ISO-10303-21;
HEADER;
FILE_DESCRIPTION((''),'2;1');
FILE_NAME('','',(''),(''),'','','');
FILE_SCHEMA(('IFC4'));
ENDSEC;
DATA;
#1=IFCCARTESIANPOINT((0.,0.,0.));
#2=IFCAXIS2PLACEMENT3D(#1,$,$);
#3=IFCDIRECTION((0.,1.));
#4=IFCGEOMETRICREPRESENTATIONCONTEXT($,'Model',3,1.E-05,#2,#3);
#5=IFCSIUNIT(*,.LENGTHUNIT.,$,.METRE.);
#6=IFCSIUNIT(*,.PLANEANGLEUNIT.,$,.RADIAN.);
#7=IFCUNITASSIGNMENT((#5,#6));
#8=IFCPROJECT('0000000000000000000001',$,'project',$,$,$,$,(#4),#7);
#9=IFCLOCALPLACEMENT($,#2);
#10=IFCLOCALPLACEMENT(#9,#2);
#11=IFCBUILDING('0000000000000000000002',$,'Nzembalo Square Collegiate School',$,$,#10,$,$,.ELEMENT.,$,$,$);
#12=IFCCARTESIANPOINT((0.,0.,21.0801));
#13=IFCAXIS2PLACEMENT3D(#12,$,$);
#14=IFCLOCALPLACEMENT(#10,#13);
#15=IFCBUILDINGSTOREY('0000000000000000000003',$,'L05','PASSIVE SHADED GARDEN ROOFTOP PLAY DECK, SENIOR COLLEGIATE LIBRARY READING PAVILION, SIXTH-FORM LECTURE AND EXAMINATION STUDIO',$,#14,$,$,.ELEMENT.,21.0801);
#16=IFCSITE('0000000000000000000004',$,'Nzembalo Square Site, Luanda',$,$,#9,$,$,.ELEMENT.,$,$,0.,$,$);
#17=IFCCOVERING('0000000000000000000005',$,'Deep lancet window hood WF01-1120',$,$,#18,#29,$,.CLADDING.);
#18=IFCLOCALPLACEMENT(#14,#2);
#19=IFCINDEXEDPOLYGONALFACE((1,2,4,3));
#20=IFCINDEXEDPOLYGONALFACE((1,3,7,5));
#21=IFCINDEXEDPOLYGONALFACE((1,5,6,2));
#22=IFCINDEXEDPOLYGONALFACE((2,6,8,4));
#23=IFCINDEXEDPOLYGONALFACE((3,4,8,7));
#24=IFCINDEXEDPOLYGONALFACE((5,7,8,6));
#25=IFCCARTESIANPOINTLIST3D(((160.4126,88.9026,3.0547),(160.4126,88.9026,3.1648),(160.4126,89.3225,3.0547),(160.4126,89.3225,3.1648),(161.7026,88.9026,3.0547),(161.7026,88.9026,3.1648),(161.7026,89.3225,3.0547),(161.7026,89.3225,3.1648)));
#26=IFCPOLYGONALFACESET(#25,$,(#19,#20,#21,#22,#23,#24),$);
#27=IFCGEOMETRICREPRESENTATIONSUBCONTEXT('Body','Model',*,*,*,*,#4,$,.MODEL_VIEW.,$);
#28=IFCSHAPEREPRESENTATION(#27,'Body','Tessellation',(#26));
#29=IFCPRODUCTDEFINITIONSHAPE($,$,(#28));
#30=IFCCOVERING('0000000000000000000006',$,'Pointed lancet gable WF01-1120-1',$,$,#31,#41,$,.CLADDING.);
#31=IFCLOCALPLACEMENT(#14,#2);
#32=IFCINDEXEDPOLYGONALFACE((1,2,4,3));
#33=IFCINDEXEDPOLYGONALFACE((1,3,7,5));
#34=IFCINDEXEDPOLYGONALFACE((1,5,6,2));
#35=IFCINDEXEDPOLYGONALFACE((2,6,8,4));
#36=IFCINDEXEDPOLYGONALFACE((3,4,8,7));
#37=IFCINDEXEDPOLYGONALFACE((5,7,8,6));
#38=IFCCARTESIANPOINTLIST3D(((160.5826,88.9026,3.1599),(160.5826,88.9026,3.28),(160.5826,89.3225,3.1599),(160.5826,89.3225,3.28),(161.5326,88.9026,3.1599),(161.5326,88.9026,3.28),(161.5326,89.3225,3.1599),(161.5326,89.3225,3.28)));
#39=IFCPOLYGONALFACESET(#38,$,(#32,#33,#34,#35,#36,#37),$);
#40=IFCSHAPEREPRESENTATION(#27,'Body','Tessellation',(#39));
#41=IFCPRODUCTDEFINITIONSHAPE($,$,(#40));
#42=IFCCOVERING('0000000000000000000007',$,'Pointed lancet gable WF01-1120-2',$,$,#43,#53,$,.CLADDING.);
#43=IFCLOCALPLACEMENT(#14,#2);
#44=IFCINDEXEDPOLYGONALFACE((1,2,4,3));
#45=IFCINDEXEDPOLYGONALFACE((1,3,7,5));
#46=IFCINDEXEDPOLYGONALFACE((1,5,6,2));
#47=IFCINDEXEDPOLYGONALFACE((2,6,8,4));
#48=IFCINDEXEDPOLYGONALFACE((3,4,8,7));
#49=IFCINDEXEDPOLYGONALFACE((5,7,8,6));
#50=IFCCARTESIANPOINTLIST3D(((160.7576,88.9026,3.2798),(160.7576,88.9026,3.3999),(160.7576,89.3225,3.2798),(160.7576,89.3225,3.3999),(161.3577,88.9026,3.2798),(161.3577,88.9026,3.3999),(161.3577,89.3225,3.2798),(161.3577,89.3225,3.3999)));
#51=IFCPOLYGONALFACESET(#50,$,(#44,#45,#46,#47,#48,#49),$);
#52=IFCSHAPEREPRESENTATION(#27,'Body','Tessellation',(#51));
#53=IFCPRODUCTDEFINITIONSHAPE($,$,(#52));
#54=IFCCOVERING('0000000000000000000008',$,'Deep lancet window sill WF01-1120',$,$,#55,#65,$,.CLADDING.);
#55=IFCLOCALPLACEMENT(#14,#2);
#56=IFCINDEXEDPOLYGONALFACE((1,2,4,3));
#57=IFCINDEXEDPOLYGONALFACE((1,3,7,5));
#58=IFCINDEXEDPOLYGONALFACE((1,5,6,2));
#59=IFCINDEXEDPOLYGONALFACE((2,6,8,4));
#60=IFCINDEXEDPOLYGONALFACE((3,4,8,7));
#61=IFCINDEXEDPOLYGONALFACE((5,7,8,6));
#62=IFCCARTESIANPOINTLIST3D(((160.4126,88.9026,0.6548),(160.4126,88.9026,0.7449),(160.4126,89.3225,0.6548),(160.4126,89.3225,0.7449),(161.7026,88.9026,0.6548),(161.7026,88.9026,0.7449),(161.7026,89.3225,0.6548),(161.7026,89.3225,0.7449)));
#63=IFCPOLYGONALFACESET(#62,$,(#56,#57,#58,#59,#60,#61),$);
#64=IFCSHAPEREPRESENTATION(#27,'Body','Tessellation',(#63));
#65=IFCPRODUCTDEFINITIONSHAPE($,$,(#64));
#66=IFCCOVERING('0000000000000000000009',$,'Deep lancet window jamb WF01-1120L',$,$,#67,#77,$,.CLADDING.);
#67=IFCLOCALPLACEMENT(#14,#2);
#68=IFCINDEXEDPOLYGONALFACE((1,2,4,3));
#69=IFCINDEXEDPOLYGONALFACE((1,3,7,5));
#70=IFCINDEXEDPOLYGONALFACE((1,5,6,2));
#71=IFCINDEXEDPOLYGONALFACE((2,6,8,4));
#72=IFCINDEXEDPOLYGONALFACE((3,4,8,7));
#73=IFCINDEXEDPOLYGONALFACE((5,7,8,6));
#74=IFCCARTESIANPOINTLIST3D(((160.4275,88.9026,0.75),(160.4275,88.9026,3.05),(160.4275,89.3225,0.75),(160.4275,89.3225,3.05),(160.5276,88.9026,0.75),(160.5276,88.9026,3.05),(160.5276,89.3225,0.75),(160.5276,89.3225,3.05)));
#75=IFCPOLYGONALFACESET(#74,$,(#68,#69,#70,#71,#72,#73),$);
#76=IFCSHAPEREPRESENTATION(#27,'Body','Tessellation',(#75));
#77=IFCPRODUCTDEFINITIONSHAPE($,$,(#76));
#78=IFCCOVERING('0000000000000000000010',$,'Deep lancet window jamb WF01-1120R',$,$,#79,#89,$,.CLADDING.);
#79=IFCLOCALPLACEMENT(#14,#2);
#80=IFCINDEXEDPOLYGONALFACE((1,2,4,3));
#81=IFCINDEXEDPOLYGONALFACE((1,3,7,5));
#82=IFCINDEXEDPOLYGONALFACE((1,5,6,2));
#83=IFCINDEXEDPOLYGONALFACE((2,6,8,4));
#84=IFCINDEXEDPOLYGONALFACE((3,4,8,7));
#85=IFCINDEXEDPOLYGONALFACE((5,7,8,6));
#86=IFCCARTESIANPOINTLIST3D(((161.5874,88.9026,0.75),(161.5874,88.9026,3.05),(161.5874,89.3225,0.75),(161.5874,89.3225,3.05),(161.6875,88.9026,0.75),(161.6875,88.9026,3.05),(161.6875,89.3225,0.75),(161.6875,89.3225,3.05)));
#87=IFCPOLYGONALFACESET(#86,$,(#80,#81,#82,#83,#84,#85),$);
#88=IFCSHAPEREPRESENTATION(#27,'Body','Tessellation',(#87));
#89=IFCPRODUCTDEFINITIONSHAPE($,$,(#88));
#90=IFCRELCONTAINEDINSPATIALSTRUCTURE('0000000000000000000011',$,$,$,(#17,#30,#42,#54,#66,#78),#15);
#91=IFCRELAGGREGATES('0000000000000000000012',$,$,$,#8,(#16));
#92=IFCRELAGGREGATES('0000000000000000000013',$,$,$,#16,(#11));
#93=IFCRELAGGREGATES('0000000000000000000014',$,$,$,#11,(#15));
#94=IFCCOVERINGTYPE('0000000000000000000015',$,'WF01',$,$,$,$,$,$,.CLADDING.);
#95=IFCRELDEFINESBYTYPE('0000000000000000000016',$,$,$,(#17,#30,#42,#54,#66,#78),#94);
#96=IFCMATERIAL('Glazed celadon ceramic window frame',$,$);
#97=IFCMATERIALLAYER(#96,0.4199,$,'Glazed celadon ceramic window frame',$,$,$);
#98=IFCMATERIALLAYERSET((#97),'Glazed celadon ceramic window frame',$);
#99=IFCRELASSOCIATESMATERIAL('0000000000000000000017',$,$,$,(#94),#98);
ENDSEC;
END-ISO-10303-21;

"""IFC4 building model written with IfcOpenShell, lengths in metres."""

from ifc_helpers import new_model, si_unit, direction, frame, origin, origin_2d, place, context, subcontext, project, spatial, rectangle, extrude, material, layer, layer_set, type_object, element, save


model = new_model("IFC4")

# Units and contexts
model_context = context("Model", 3, precision=1e-05, world=origin(), true_north=direction((0.0, 1.0)))
body_context = subcontext(model_context, "Body", "Model", "MODEL_VIEW")
ifc_project = project(units=[si_unit("LENGTHUNIT", "METRE"), si_unit("PLANEANGLEUNIT", "RADIAN")], contexts=[model_context])

# Site, building, storey
site_placement = place(None, origin())
site = spatial("IfcSite", under=ifc_project, at=site_placement, Name="Nzembalo Square Site, Luanda", CompositionType="ELEMENT", RefElevation=0.0)
building_placement = place(site_placement, origin())
building = spatial("IfcBuilding", under=site, at=building_placement, Name="Nzembalo Square Collegiate School", CompositionType="ELEMENT")
storey_placement = place(building_placement, frame((0.0, 0.0, 21.0801)))
storey = spatial("IfcBuildingStorey", under=building, at=storey_placement, Name="L05", Description="PASSIVE SHADED GARDEN ROOFTOP PLAY DECK, SENIOR COLLEGIATE LIBRARY READING PAVILION, SIXTH-FORM LECTURE AND EXAMINATION STUDIO", CompositionType="ELEMENT", Elevation=21.0801)

# Coverings
ifc_material_1 = material(Name="Glazed celadon ceramic window frame")
ifc_layer_1 = layer(ifc_material_1, 0.4199, Name="Glazed celadon ceramic window frame")
ifc_layer_set_1 = layer_set([ifc_layer_1], Name="Glazed celadon ceramic window frame")
covering_type_1 = type_object("IfcCoveringType", Name="WF01", PredefinedType="CLADDING", material=ifc_layer_set_1)
covering_1_placement = place(storey_placement, frame((161.0576, 89.1125, 3.0547), z_axis=(0.0, 0.0, 1.0), x_axis=(1.0, 0.0, 0.0)))
element("IfcCovering", 1, at=covering_1_placement, inside=storey, type_object=covering_type_1, Name="Deep lancet window hood WF01-1120", PredefinedType="CLADDING", context=body_context, shape_type="SweptSolid", body=[
    extrude(rectangle(XDim=1.29, YDim=0.4199, at=origin_2d()), origin(), (0.0, 0.0, 1.0), 0.1101),
])
covering_2_placement = place(storey_placement, frame((161.0576, 89.1125, 3.1599), z_axis=(0.0, 0.0, 1.0), x_axis=(1.0, 0.0, 0.0)))
element("IfcCovering", 2, at=covering_2_placement, inside=storey, type_object=covering_type_1, Name="Pointed lancet gable WF01-1120-1", PredefinedType="CLADDING", context=body_context, shape_type="SweptSolid", body=[
    extrude(rectangle(XDim=0.95, YDim=0.4199, at=origin_2d()), origin(), (0.0, 0.0, 1.0), 0.1201),
])
covering_3_placement = place(storey_placement, frame((161.0576, 89.1125, 3.2798), z_axis=(0.0, 0.0, 1.0), x_axis=(1.0, 0.0, 0.0)))
element("IfcCovering", 3, at=covering_3_placement, inside=storey, type_object=covering_type_1, Name="Pointed lancet gable WF01-1120-2", PredefinedType="CLADDING", context=body_context, shape_type="SweptSolid", body=[
    extrude(rectangle(XDim=0.6001, YDim=0.4199, at=origin_2d()), origin(), (0.0, 0.0, 1.0), 0.1201),
])
covering_4_placement = place(storey_placement, frame((161.0576, 89.1125, 0.6548), z_axis=(0.0, 0.0, 1.0), x_axis=(1.0, 0.0, 0.0)))
element("IfcCovering", 4, at=covering_4_placement, inside=storey, type_object=covering_type_1, Name="Deep lancet window sill WF01-1120", PredefinedType="CLADDING", context=body_context, shape_type="SweptSolid", body=[
    extrude(rectangle(XDim=1.29, YDim=0.4199, at=origin_2d()), origin(), (0.0, 0.0, 1.0), 0.0901),
])
for number, where, z_axis, x_axis, name in (
    (5, (160.4775, 89.1125, 0.75), (0.0, 0.0, 1.0), (1.0, 0.0, 0.0), "Deep lancet window jamb WF01-1120L"),
    (6, (161.6375, 89.1125, 0.75), (0.0, 0.0, 1.0), (1.0, 0.0, 0.0), "Deep lancet window jamb WF01-1120R"),
):
    element("IfcCovering", number, at=place(storey_placement, frame(where, z_axis=z_axis, x_axis=x_axis)), inside=storey, type_object=covering_type_1, Name=name, PredefinedType="CLADDING", context=body_context, shape_type="SweptSolid", body=[
        extrude(rectangle(XDim=0.1001, YDim=0.4199, at=origin_2d()), origin(), (0.0, 0.0, 1.0), 2.3),
    ])

save(model, "model.ifc")
